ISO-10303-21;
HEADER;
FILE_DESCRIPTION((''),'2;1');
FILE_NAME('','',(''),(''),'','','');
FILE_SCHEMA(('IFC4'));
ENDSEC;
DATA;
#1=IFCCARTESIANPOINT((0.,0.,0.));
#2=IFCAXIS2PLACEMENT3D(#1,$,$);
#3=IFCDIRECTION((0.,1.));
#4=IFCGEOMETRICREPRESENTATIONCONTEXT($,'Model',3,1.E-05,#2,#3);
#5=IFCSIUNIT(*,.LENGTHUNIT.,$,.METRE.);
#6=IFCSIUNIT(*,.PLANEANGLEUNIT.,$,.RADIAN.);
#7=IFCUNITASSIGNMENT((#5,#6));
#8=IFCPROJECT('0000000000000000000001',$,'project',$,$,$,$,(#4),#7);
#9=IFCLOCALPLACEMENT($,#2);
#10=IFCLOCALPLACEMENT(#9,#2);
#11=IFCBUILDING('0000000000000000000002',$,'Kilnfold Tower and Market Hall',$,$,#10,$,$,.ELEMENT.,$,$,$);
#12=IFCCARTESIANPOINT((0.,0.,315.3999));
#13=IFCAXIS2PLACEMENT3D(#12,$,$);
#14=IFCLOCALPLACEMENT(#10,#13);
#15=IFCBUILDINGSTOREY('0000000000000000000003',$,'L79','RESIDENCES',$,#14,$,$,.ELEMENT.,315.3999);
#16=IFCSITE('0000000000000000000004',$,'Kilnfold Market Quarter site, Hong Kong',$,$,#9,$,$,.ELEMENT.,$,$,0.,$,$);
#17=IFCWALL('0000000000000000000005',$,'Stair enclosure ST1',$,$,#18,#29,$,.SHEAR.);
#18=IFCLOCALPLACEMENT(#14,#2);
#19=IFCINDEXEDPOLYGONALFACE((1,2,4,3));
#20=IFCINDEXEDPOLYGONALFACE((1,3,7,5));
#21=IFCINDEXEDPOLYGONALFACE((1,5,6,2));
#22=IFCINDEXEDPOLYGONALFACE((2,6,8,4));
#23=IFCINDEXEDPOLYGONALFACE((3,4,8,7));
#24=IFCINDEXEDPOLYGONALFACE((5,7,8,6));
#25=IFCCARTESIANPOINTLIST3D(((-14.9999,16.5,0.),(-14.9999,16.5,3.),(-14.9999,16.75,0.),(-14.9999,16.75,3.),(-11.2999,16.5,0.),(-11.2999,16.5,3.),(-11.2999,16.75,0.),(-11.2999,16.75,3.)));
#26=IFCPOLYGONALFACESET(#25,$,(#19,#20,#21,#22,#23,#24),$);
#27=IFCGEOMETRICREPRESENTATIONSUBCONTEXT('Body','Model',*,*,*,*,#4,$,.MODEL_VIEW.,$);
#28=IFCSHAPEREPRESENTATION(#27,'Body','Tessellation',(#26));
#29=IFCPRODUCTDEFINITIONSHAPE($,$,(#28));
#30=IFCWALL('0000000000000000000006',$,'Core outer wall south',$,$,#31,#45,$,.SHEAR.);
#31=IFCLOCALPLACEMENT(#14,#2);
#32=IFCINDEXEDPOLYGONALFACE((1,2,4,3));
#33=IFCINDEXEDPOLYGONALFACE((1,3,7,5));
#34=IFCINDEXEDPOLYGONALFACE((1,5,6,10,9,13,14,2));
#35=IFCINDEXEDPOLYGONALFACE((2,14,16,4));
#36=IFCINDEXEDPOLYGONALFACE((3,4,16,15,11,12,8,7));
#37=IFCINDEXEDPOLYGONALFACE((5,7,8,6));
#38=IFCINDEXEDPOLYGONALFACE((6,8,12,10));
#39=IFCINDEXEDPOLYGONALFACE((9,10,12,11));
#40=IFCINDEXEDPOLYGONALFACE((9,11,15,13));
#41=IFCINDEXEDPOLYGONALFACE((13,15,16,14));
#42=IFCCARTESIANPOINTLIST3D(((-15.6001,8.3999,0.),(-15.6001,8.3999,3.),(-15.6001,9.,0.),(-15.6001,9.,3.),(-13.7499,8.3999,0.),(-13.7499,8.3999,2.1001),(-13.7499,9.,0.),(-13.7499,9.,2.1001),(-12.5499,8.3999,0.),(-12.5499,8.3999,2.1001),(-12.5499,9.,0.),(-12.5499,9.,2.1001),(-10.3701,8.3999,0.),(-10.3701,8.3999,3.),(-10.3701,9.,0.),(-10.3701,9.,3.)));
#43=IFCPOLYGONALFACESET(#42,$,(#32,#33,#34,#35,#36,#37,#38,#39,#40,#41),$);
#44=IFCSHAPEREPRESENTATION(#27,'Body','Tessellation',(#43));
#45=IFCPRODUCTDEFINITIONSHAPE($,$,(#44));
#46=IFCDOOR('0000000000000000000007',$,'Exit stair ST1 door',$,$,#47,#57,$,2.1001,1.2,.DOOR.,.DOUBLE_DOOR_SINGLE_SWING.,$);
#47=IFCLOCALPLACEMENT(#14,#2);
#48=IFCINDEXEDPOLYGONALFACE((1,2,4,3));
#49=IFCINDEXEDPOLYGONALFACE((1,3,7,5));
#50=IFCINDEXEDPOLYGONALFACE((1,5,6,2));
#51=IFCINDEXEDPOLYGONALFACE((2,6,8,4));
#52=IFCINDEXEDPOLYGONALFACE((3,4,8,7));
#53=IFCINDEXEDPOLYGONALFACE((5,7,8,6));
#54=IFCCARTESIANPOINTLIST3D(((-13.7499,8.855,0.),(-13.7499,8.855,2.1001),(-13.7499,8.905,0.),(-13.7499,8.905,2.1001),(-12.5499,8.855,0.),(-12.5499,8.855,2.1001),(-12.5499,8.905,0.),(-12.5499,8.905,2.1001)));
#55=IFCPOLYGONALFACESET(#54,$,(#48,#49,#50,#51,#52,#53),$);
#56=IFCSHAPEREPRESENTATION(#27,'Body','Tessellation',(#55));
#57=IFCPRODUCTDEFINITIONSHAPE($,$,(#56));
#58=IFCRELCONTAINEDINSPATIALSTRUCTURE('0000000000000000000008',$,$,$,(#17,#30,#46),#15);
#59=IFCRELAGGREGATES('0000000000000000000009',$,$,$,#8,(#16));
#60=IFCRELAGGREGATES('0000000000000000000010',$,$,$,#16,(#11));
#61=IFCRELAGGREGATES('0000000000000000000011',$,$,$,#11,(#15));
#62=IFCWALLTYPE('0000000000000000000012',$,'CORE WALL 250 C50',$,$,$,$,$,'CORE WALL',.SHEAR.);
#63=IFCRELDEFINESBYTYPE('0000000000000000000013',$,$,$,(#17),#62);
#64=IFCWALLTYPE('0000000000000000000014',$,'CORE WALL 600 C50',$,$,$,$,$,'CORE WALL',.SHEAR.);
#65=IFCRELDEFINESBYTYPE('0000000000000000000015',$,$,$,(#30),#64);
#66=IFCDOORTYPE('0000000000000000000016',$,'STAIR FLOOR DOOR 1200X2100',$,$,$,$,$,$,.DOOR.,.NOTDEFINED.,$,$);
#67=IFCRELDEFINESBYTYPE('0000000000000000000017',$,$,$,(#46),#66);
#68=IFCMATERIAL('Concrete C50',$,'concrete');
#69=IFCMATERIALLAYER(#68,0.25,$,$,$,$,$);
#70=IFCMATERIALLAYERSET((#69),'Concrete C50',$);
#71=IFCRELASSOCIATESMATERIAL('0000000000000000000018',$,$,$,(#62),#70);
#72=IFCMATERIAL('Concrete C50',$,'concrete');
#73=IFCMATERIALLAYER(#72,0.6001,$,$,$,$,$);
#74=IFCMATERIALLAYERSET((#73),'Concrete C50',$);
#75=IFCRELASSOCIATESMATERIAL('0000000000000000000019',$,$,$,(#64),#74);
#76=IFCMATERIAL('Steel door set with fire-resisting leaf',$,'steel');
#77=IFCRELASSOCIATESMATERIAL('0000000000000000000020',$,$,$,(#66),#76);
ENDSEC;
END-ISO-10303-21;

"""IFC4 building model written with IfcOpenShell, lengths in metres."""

from ifc_helpers import new_model, si_unit, direction, frame, frame_2d, origin, place, context, subcontext, project, spatial, rectangle, extrude, source, transform, mapped, material, layer, layer_set, type_object, element, fill, save


model = new_model("IFC4")

# Units and contexts
model_context = context("Model", 3, precision=1e-05, world=origin(), true_north=direction((0.0, 1.0)))
body_context = subcontext(model_context, "Body", "Model", "MODEL_VIEW")
ifc_project = project(units=[si_unit("LENGTHUNIT", "METRE"), si_unit("PLANEANGLEUNIT", "RADIAN")], contexts=[model_context])

# Site, building, storey
site_placement = place(None, origin())
site = spatial("IfcSite", under=ifc_project, at=site_placement, Name="Kilnfold Market Quarter site, Hong Kong", CompositionType="ELEMENT", RefElevation=0.0)
building_placement = place(site_placement, origin())
building = spatial("IfcBuilding", under=site, at=building_placement, Name="Kilnfold Tower and Market Hall", CompositionType="ELEMENT")
storey_placement = place(building_placement, frame((0.0, 0.0, 315.3999)))
storey = spatial("IfcBuildingStorey", under=building, at=storey_placement, Name="L79", Description="RESIDENCES", CompositionType="ELEMENT", Elevation=315.3999)

# Wall
ifc_material_1 = material(Name="Concrete C50", Category="concrete")
ifc_layer_1 = layer(ifc_material_1, 0.25)
ifc_layer_set_1 = layer_set([ifc_layer_1], Name="Concrete C50")
wall_type_1 = type_object("IfcWallType", Name="CORE WALL 250 C50", ElementType="CORE WALL", PredefinedType="SHEAR", material=ifc_layer_set_1)
shared_shape_1 = source(origin(), body_context, "Body", "SweptSolid", [
    extrude(rectangle(XDim=3.7, YDim=0.25, at=frame_2d((1.8501, 0.0))), origin(), (0.0, 0.0, 1.0), 3.0),
])
wall_1_placement = place(storey_placement, frame((-15.0, 16.625, 0.0), z_axis=(0.0, 0.0, 1.0), x_axis=(1.0, 0.0, 0.0)))
element("IfcWall", 1, at=wall_1_placement, inside=storey, type_object=wall_type_1, Name="Stair enclosure ST1", PredefinedType="SHEAR", context=body_context, shape_type="MappedRepresentation", body=[
    mapped(shared_shape_1, transform((0.0, 0.0, 0.0))),
])

# Wall, opening, door
ifc_material_2 = material(Name="Concrete C50", Category="concrete")
ifc_layer_2 = layer(ifc_material_2, 0.6001)
ifc_layer_set_2 = layer_set([ifc_layer_2], Name="Concrete C50")
wall_type_2 = type_object("IfcWallType", Name="CORE WALL 600 C50", ElementType="CORE WALL", PredefinedType="SHEAR", material=ifc_layer_set_2)
shared_shape_2 = source(origin(), body_context, "Body", "SweptSolid", [
    extrude(rectangle(XDim=5.23, YDim=0.6001, at=frame_2d((2.615, 0.0))), origin(), (0.0, 0.0, 1.0), 3.0),
])
wall_2_placement = place(storey_placement, frame((-15.6001, 8.7, 0.0), z_axis=(0.0, 0.0, 1.0), x_axis=(1.0, 0.0, 0.0)))
wall_2 = element("IfcWall", 2, at=wall_2_placement, inside=storey, type_object=wall_type_2, Name="Core outer wall south", PredefinedType="SHEAR", context=body_context, shape_type="MappedRepresentation", body=[
    mapped(shared_shape_2, transform((0.0, 0.0, 0.0))),
])
opening_1_placement = place(wall_2_placement, frame((1.8501, 0.0, 0.0)))
opening_1 = element("IfcOpeningElement", 3, at=opening_1_placement, cuts=wall_2, PredefinedType="OPENING", context=body_context, shape_type="SweptSolid", body=[
    extrude(rectangle(XDim=1.2, YDim=2.1001, at=frame_2d((0.6001, 1.05))), frame((0.0, 0.3101, 0.0), z_axis=(0.0, -1.0, 0.0), x_axis=(1.0, 0.0, 0.0)), (0.0, 0.0, 1.0), 0.6201),
])
ifc_material_3 = material(Name="Steel door set with fire-resisting leaf", Category="steel")
door_type_1 = type_object("IfcDoorType", Name="STAIR FLOOR DOOR 1200X2100", OperationType="NOTDEFINED", PredefinedType="DOOR", material=ifc_material_3)
door_1_placement = place(opening_1_placement, origin())
door_1 = element("IfcDoor", 4, at=door_1_placement, inside=storey, type_object=door_type_1, Name="Exit stair ST1 door", OperationType="DOUBLE_DOOR_SINGLE_SWING", OverallHeight=2.1001, OverallWidth=1.2, PredefinedType="DOOR", context=body_context, shape_type="SweptSolid", body=[
    extrude(rectangle(XDim=1.2, YDim=2.1001, at=frame_2d((0.6001, 1.05))), frame((0.0, 0.2051, 0.0), z_axis=(0.0, -1.0, 0.0), x_axis=(1.0, 0.0, 0.0)), (0.0, 0.0, 1.0), 0.05),
])
fill(opening_1, door_1)

save(model, "model.ifc")
